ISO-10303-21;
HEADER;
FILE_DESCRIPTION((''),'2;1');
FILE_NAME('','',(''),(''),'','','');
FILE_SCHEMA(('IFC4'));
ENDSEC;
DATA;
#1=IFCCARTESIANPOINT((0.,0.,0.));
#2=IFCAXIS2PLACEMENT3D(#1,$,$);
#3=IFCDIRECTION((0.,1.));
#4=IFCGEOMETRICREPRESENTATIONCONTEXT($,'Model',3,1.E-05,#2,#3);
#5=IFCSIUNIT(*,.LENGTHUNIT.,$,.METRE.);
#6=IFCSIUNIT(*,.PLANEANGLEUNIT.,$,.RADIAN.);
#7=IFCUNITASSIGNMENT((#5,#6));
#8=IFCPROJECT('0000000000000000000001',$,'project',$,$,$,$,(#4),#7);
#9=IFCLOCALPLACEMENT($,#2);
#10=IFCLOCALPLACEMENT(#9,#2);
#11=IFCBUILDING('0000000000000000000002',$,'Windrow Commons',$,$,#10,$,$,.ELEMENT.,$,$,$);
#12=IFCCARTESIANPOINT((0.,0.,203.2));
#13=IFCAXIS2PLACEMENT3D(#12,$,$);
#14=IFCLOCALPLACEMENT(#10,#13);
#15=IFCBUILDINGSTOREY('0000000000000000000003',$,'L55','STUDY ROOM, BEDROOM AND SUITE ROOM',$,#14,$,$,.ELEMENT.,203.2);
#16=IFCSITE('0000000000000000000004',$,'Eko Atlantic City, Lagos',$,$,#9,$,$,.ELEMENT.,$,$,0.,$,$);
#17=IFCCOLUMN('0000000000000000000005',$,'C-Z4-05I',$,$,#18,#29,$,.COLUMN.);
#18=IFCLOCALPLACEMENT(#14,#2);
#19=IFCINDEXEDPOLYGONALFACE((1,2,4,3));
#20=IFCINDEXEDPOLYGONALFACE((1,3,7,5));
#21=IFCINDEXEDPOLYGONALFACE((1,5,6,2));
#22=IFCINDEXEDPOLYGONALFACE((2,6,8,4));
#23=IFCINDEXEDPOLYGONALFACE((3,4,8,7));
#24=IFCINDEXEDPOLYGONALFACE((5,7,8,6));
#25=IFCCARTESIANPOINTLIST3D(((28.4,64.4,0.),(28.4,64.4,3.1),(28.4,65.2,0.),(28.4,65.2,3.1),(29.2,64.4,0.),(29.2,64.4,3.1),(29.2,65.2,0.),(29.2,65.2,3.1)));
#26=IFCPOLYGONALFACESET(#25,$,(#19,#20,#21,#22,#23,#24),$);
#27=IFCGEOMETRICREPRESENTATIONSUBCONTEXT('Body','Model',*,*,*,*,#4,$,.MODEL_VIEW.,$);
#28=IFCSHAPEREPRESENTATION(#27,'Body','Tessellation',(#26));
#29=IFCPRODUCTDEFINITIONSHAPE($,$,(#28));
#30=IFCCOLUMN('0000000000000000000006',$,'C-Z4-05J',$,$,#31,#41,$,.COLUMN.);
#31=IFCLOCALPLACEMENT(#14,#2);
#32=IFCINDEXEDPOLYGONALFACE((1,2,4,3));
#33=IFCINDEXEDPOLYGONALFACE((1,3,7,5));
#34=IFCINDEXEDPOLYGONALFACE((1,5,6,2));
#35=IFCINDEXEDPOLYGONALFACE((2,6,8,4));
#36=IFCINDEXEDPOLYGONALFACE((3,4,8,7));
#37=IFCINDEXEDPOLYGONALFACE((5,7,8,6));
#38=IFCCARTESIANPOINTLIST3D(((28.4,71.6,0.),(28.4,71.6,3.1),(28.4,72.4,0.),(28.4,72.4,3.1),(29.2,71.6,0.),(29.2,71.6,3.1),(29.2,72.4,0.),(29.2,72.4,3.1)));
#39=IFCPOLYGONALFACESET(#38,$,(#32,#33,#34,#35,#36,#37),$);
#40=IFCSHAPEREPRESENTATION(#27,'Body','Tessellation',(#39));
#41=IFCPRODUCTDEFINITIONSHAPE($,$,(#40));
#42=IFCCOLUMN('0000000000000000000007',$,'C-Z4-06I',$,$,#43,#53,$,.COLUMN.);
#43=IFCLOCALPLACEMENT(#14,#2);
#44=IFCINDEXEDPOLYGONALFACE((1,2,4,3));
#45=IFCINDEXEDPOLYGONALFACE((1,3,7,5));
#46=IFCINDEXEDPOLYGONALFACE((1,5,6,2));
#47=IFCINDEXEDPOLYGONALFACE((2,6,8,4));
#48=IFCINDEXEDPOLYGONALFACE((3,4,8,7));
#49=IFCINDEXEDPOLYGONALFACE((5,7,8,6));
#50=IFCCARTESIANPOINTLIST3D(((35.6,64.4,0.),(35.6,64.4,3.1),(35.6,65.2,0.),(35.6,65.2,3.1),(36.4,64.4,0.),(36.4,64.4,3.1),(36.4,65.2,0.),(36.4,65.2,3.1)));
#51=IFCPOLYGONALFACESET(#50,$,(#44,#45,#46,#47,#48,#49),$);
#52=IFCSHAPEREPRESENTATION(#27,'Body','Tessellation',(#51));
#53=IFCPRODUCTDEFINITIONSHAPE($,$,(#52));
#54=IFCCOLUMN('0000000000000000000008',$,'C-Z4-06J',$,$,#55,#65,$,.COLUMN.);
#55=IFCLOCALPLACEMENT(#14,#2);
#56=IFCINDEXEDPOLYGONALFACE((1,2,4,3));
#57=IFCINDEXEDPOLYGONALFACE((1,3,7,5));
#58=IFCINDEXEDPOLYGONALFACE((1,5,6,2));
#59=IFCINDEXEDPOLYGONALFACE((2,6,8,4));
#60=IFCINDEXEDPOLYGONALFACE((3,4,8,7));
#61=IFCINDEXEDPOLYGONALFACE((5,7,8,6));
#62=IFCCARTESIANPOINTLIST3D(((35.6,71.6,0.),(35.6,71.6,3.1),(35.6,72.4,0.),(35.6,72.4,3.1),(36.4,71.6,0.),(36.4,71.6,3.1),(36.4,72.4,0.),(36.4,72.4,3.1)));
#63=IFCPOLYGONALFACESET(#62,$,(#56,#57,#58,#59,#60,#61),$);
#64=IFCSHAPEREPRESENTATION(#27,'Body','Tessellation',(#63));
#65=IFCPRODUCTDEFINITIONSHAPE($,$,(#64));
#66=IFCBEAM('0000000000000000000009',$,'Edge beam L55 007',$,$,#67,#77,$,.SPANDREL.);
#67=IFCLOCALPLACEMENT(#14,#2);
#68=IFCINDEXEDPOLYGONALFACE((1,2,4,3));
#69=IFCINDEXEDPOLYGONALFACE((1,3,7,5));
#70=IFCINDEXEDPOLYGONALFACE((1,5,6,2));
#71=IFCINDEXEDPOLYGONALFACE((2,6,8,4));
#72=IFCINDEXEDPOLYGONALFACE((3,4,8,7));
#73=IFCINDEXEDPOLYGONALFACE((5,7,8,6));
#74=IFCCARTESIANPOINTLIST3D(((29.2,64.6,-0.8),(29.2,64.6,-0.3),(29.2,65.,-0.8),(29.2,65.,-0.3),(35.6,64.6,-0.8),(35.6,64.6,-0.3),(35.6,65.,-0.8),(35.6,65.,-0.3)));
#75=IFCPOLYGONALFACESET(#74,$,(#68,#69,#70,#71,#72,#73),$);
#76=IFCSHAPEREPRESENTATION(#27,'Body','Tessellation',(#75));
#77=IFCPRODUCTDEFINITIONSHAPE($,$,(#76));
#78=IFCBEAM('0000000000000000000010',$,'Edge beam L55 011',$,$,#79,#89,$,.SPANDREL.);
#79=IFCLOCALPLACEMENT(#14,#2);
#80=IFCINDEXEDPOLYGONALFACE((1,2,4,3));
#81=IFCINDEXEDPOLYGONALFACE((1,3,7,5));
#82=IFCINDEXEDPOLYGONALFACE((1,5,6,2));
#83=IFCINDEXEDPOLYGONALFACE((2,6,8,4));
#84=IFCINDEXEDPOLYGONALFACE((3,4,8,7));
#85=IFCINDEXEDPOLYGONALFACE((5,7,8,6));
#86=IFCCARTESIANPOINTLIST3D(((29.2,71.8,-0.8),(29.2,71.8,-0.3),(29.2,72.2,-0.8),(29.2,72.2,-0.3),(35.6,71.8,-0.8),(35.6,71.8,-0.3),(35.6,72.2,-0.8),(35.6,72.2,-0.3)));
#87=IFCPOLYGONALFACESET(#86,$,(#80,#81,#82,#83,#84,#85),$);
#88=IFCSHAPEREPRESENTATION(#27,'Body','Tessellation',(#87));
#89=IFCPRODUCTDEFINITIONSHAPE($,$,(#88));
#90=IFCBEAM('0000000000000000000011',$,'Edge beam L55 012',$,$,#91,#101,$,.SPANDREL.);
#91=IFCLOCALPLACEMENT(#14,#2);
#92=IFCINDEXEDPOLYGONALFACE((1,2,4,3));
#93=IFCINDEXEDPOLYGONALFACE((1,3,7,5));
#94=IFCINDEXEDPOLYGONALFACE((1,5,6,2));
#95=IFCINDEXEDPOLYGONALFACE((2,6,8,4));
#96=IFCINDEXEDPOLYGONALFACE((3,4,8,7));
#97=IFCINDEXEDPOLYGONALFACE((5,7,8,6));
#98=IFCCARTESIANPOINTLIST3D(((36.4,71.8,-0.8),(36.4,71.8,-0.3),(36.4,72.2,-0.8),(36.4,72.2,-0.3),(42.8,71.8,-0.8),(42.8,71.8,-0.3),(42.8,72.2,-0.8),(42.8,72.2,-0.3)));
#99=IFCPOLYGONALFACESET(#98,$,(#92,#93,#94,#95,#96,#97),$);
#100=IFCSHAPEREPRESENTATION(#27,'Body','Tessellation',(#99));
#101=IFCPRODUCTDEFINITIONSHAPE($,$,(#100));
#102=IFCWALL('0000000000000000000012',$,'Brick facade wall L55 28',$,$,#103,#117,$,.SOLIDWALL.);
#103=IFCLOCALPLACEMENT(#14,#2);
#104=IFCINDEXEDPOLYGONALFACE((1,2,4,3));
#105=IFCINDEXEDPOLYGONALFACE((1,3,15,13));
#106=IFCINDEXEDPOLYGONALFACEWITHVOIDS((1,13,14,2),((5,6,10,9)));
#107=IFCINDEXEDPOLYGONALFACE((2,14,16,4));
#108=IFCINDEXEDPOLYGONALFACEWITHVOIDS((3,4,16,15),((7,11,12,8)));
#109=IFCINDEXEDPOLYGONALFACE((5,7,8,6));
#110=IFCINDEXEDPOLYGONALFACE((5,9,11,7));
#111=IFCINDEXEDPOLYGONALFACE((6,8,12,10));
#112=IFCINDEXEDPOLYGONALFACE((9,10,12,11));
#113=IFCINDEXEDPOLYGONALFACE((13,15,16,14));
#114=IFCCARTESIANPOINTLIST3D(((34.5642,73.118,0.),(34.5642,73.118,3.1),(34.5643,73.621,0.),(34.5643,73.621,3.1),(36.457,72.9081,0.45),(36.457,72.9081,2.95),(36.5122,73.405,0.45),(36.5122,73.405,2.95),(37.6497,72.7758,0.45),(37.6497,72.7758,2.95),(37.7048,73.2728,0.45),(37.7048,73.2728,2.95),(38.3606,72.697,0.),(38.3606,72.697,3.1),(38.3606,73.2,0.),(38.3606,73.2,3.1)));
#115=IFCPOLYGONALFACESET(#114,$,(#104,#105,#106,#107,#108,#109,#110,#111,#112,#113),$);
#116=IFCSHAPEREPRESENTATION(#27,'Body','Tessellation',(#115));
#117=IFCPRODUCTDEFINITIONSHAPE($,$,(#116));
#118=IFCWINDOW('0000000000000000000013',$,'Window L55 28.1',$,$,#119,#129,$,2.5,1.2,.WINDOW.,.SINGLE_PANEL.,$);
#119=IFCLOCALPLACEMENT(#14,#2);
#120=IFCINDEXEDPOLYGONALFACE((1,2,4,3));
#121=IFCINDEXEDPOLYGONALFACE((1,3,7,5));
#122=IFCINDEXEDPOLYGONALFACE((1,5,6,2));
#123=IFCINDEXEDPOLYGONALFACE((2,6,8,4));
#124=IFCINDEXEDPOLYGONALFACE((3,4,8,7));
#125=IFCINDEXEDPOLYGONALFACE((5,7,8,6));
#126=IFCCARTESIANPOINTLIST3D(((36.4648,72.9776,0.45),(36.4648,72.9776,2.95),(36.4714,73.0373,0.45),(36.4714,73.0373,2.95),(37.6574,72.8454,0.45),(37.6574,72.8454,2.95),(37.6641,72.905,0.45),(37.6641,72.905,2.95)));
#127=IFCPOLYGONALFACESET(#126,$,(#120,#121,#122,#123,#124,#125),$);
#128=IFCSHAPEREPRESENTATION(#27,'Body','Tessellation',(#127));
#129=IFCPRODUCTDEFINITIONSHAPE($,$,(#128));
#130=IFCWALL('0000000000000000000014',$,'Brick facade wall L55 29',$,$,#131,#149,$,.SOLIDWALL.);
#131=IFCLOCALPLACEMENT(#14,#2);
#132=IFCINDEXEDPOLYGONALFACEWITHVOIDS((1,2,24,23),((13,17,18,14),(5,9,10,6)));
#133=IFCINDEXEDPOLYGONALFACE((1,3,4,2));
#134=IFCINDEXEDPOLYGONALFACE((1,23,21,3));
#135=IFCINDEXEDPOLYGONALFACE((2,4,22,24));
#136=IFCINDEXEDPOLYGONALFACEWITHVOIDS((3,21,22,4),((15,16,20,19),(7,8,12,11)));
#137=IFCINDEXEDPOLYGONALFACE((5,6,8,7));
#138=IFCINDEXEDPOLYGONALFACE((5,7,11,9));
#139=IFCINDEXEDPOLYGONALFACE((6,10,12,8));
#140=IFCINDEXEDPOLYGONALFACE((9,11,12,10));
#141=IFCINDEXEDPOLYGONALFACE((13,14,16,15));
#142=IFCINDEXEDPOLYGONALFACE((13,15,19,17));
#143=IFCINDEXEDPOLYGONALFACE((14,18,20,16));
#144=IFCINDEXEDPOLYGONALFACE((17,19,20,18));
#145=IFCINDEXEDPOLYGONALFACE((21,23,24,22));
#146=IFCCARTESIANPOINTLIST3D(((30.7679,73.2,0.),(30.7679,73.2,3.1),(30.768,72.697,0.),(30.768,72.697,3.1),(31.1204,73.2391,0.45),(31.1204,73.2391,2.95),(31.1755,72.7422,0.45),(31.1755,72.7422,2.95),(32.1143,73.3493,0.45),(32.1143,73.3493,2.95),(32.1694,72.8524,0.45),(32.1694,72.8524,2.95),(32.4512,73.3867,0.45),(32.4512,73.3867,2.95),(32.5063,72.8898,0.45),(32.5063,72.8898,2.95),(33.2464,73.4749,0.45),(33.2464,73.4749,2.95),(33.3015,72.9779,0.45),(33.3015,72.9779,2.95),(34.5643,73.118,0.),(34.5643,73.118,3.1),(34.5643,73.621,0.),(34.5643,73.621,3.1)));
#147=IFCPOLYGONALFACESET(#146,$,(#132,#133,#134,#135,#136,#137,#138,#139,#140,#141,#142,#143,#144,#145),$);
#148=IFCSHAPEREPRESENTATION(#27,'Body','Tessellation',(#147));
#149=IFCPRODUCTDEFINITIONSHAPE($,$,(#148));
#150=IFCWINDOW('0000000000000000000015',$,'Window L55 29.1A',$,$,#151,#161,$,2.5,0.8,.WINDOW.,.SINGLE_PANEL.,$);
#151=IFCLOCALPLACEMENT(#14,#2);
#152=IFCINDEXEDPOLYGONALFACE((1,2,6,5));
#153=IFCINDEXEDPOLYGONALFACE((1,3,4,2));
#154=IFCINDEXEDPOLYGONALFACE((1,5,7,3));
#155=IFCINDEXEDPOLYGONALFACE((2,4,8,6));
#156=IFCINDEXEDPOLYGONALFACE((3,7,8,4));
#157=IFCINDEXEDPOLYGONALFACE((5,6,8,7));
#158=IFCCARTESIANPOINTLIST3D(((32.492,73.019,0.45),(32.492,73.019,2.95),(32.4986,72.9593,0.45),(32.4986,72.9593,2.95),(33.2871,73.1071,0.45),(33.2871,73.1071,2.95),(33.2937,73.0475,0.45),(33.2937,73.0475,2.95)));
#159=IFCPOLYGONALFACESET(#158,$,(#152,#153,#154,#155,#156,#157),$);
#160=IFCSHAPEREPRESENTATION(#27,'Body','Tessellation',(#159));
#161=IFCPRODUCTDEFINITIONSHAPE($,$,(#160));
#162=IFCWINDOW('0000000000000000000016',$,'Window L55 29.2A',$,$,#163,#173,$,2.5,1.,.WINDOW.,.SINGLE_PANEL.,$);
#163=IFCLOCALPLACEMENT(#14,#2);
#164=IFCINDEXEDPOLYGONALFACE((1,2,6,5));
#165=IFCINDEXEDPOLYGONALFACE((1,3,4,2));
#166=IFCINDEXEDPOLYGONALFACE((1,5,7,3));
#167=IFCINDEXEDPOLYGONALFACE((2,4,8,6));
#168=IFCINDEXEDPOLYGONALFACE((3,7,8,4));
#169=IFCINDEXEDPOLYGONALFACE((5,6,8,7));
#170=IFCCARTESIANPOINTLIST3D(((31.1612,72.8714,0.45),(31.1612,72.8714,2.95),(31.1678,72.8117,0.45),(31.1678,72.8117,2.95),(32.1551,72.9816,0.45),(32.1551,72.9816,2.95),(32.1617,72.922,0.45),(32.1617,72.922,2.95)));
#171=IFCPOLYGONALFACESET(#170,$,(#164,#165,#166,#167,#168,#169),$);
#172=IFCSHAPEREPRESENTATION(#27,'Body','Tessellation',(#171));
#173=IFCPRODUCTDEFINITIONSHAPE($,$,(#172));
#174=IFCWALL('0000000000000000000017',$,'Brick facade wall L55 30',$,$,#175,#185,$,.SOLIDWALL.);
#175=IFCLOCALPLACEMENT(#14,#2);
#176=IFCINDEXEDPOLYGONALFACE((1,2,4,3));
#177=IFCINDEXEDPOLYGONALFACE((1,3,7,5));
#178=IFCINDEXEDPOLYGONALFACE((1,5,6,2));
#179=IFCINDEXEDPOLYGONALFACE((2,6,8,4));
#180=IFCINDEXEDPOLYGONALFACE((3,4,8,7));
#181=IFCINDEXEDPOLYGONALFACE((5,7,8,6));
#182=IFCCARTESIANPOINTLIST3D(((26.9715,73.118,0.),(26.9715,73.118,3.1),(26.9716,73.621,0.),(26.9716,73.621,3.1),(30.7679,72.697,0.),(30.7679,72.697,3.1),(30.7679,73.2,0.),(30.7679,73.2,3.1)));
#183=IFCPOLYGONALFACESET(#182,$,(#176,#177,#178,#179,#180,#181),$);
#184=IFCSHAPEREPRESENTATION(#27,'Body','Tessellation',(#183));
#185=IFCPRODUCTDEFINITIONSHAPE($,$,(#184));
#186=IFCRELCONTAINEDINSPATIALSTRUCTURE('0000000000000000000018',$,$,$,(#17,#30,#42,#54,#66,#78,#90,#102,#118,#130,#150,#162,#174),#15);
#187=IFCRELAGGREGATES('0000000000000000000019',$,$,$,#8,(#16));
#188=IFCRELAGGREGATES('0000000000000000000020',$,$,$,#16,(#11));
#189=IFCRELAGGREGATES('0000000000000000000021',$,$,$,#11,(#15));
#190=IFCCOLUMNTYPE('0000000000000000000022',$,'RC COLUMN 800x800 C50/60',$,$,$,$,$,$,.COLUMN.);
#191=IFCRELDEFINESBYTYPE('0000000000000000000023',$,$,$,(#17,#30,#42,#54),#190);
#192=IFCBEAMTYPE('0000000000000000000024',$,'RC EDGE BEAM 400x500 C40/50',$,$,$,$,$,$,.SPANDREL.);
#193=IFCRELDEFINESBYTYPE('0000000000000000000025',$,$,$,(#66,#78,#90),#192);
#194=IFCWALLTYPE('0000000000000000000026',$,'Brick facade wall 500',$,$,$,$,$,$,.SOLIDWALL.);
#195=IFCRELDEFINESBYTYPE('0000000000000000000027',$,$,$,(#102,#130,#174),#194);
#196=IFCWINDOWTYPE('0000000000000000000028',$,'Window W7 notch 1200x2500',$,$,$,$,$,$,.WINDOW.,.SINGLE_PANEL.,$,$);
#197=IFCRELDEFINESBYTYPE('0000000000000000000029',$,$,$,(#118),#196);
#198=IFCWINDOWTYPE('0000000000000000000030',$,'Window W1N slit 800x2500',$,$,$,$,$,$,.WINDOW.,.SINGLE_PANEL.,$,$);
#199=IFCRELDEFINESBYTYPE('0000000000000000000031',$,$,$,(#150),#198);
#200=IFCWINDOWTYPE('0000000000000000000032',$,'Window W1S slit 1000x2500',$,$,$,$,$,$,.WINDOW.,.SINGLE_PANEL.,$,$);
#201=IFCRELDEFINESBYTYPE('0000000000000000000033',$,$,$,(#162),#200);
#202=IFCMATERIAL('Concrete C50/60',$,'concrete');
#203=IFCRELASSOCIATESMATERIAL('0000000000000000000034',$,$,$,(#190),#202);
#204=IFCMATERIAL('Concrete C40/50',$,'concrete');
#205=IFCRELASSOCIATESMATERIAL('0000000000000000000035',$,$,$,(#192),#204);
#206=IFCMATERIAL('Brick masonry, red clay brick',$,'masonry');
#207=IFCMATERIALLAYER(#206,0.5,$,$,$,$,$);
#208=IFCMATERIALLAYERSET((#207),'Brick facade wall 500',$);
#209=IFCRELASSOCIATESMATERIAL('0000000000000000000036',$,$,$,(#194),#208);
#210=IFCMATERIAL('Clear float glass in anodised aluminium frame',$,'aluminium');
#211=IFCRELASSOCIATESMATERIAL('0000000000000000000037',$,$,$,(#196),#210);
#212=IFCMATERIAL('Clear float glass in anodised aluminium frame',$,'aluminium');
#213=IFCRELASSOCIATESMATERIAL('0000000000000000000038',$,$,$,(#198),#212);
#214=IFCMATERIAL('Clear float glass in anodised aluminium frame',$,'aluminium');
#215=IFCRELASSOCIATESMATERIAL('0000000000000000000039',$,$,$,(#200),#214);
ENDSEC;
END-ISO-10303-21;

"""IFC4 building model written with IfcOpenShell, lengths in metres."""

from ifc_helpers import new_model, si_unit, direction, frame, frame_2d, origin, origin_2d, place, context, subcontext, project, spatial, polyline, rectangle, outline, extrude, material, layer, layer_set, material_profile, profile_set, type_object, element, fill, save


model = new_model("IFC4")

# Units and contexts
model_context = context("Model", 3, precision=1e-05, world=origin(), true_north=direction((0.0, 1.0)))
body_context = subcontext(model_context, "Body", "Model", "MODEL_VIEW")
ifc_project = project(units=[si_unit("LENGTHUNIT", "METRE"), si_unit("PLANEANGLEUNIT", "RADIAN")], contexts=[model_context])

# Site, building, storey
site_placement = place(None, origin())
site = spatial("IfcSite", under=ifc_project, at=site_placement, Name="Eko Atlantic City, Lagos", CompositionType="ELEMENT", RefElevation=0.0)
building_placement = place(site_placement, origin())
building = spatial("IfcBuilding", under=site, at=building_placement, Name="Windrow Commons", CompositionType="ELEMENT")
storey_placement = place(building_placement, frame((0.0, 0.0, 203.2)))
storey = spatial("IfcBuildingStorey", under=building, at=storey_placement, Name="L55", Description="STUDY ROOM, BEDROOM AND SUITE ROOM", CompositionType="ELEMENT", Elevation=203.2)

# Columns
ifc_material_1 = material(Name="Concrete C50/60", Category="concrete")
ifc_material_profile_1 = material_profile(ifc_material_1, rectangle(XDim=0.8, YDim=0.8, at=origin_2d()))
ifc_profile_set_1 = profile_set([ifc_material_profile_1], Name="Concrete C50/60")
column_type = type_object("IfcColumnType", Name="RC COLUMN 800x800 C50/60", PredefinedType="COLUMN", material=ifc_profile_set_1)
for number, where, z_axis, x_axis, name in (
    (1, (28.8, 64.8, 0.0), (0.0, 0.0, 1.0), (1.0, 0.0, 0.0), "C-Z4-05I"),
    (2, (28.8, 72.0, 0.0), (0.0, 0.0, 1.0), (1.0, 0.0, 0.0), "C-Z4-05J"),
    (3, (36.0, 64.8, 0.0), (0.0, 0.0, 1.0), (1.0, 0.0, 0.0), "C-Z4-06I"),
    (4, (36.0, 72.0, 0.0), (0.0, 0.0, 1.0), (1.0, 0.0, 0.0), "C-Z4-06J"),
):
    element("IfcColumn", number, at=place(storey_placement, frame(where, z_axis=z_axis, x_axis=x_axis)), inside=storey, type_object=column_type, Name=name, PredefinedType="COLUMN", context=body_context, shape_type="SweptSolid", body=[
        extrude(rectangle(XDim=0.8, YDim=0.8, at=origin_2d()), origin(), (0.0, 0.0, 1.0), 3.1),
    ])

# Beams
ifc_material_2 = material(Name="Concrete C40/50", Category="concrete")
ifc_material_profile_2 = material_profile(ifc_material_2, rectangle(XDim=0.4, YDim=0.5, at=origin_2d()))
ifc_profile_set_2 = profile_set([ifc_material_profile_2], Name="Concrete C40/50")
beam_type = type_object("IfcBeamType", Name="RC EDGE BEAM 400x500 C40/50", PredefinedType="SPANDREL", material=ifc_profile_set_2)
for number, where, z_axis, x_axis, name in (
    (5, (35.6, 64.8, -0.55), (-1.0, 0.0, 0.0), (0.0, -1.0, 0.0), "Edge beam L55 007"),
    (6, (29.2, 72.0, -0.55), (1.0, 0.0, 0.0), (0.0, 1.0, 0.0), "Edge beam L55 011"),
    (7, (36.4, 72.0, -0.55), (1.0, 0.0, 0.0), (0.0, 1.0, 0.0), "Edge beam L55 012"),
):
    element("IfcBeam", number, at=place(storey_placement, frame(where, z_axis=z_axis, x_axis=x_axis)), inside=storey, type_object=beam_type, Name=name, PredefinedType="SPANDREL", context=body_context, shape_type="SweptSolid", body=[
        extrude(rectangle(XDim=0.4, YDim=0.5, at=origin_2d()), origin(), (0.0, 0.0, 1.0), 6.4),
    ])

# Wall, opening, window
ifc_material_3 = material(Name="Brick masonry, red clay brick", Category="masonry")
ifc_layer_1 = layer(ifc_material_3, 0.5)
ifc_layer_set_1 = layer_set([ifc_layer_1], Name="Brick facade wall 500")
wall_type_1 = type_object("IfcWallType", Name="Brick facade wall 500", PredefinedType="SOLIDWALL", material=ifc_layer_set_1)
wall_1_placement = place(storey_placement, frame((38.3606, 72.9485, 0.0), z_axis=(0.0, 0.0, 1.0), x_axis=(-0.993907, 0.110222, 0.0)))
wall_1 = element("IfcWall", 8, at=wall_1_placement, inside=storey, type_object=wall_type_1, Name="Brick facade wall L55 28", PredefinedType="SOLIDWALL", context=body_context, shape_type="SweptSolid", body=[
    extrude(outline(polyline([(0.0277, -0.25), (3.8473, -0.25), (3.7919, 0.25), (-0.0277, 0.25), (0.0277, -0.25)])), origin(), (0.0, 0.0, 1.0), 3.1),
])
opening_1_placement = place(wall_1_placement, frame((0.6875, 0.0, 0.45)))
opening_1 = element("IfcOpeningElement", 9, at=opening_1_placement, cuts=wall_1, PredefinedType="OPENING", context=body_context, shape_type="SweptSolid", body=[
    extrude(rectangle(XDim=1.2, YDim=2.5, at=frame_2d((0.6, 1.25))), frame((0.0, 0.26, 0.0), z_axis=(0.0, -1.0, 0.0), x_axis=(1.0, 0.0, 0.0)), (0.0, 0.0, 1.0), 0.52),
])
ifc_material_4 = material(Name="Clear float glass in anodised aluminium frame", Category="aluminium")
window_type_1 = type_object("IfcWindowType", Name="Window W7 notch 1200x2500", PartitioningType="SINGLE_PANEL", PredefinedType="WINDOW", material=ifc_material_4)
window_1_placement = place(opening_1_placement, origin())
window_1 = element("IfcWindow", 10, at=window_1_placement, inside=storey, type_object=window_type_1, Name="Window L55 28.1", OverallHeight=2.5, OverallWidth=1.2, PartitioningType="SINGLE_PANEL", PredefinedType="WINDOW", context=body_context, shape_type="SweptSolid", body=[
    extrude(rectangle(XDim=1.2, YDim=2.5, at=frame_2d((0.6, 1.25))), frame((0.0, 0.18, 0.0), z_axis=(0.0, -1.0, 0.0), x_axis=(1.0, 0.0, 0.0)), (0.0, 0.0, 1.0), 0.06),
])
fill(opening_1, window_1)

# Wall, openings, windows
wall_2_placement = place(storey_placement, frame((34.5643, 73.3695, 0.0), z_axis=(0.0, 0.0, 1.0), x_axis=(-0.993907, -0.110219, 0.0)))
wall_2 = element("IfcWall", 11, at=wall_2_placement, inside=storey, type_object=wall_type_1, Name="Brick facade wall L55 29", PredefinedType="SOLIDWALL", context=body_context, shape_type="SweptSolid", body=[
    extrude(outline(polyline([(-0.0277, -0.25), (3.7919, -0.25), (3.8473, 0.25), (0.0277, 0.25), (-0.0277, -0.25)])), origin(), (0.0, 0.0, 1.0), 3.1),
])
opening_2_placement = place(wall_2_placement, frame((1.2983, 0.0, 0.45)))
opening_2 = element("IfcOpeningElement", 12, at=opening_2_placement, cuts=wall_2, PredefinedType="OPENING", context=body_context, shape_type="SweptSolid", body=[
    extrude(rectangle(XDim=0.8, YDim=2.5, at=frame_2d((0.4, 1.25))), frame((0.0, 0.26, 0.0), z_axis=(0.0, -1.0, 0.0), x_axis=(1.0, 0.0, 0.0)), (0.0, 0.0, 1.0), 0.52),
])
opening_3_placement = place(wall_2_placement, frame((2.4373, 0.0, 0.45)))
opening_3 = element("IfcOpeningElement", 13, at=opening_3_placement, cuts=wall_2, PredefinedType="OPENING", context=body_context, shape_type="SweptSolid", body=[
    extrude(rectangle(XDim=1.0, YDim=2.5, at=frame_2d((0.5, 1.25))), frame((0.0, 0.26, 0.0), z_axis=(0.0, -1.0, 0.0), x_axis=(1.0, 0.0, 0.0)), (0.0, 0.0, 1.0), 0.52),
])
ifc_material_5 = material(Name="Clear float glass in anodised aluminium frame", Category="aluminium")
window_type_2 = type_object("IfcWindowType", Name="Window W1N slit 800x2500", PartitioningType="SINGLE_PANEL", PredefinedType="WINDOW", material=ifc_material_5)
window_2_placement = place(opening_2_placement, origin())
window_2 = element("IfcWindow", 14, at=window_2_placement, inside=storey, type_object=window_type_2, Name="Window L55 29.1A", OverallHeight=2.5, OverallWidth=0.8, PartitioningType="SINGLE_PANEL", PredefinedType="WINDOW", context=body_context, shape_type="SweptSolid", body=[
    extrude(rectangle(XDim=0.8, YDim=2.5, at=frame_2d((0.4, 1.25))), frame((0.0, 0.18, 0.0), z_axis=(0.0, -1.0, 0.0), x_axis=(1.0, 0.0, 0.0)), (0.0, 0.0, 1.0), 0.06),
])
fill(opening_2, window_2)
ifc_material_6 = material(Name="Clear float glass in anodised aluminium frame", Category="aluminium")
window_type_3 = type_object("IfcWindowType", Name="Window W1S slit 1000x2500", PartitioningType="SINGLE_PANEL", PredefinedType="WINDOW", material=ifc_material_6)
window_3_placement = place(opening_3_placement, origin())
window_3 = element("IfcWindow", 15, at=window_3_placement, inside=storey, type_object=window_type_3, Name="Window L55 29.2A", OverallHeight=2.5, OverallWidth=1.0, PartitioningType="SINGLE_PANEL", PredefinedType="WINDOW", context=body_context, shape_type="SweptSolid", body=[
    extrude(rectangle(XDim=1.0, YDim=2.5, at=frame_2d((0.5, 1.25))), frame((0.0, 0.18, 0.0), z_axis=(0.0, -1.0, 0.0), x_axis=(1.0, 0.0, 0.0)), (0.0, 0.0, 1.0), 0.06),
])
fill(opening_3, window_3)

# Wall
wall_3_placement = place(storey_placement, frame((30.7679, 72.9485, 0.0), z_axis=(0.0, 0.0, 1.0), x_axis=(-0.993907, 0.110222, 0.0)))
element("IfcWall", 16, at=wall_3_placement, inside=storey, type_object=wall_type_1, Name="Brick facade wall L55 30", PredefinedType="SOLIDWALL", context=body_context, shape_type="SweptSolid", body=[
    extrude(outline(polyline([(0.0277, -0.25), (3.8473, -0.25), (3.7919, 0.25), (-0.0277, 0.25), (0.0277, -0.25)])), origin(), (0.0, 0.0, 1.0), 3.1),
])

save(model, "model.ifc")
